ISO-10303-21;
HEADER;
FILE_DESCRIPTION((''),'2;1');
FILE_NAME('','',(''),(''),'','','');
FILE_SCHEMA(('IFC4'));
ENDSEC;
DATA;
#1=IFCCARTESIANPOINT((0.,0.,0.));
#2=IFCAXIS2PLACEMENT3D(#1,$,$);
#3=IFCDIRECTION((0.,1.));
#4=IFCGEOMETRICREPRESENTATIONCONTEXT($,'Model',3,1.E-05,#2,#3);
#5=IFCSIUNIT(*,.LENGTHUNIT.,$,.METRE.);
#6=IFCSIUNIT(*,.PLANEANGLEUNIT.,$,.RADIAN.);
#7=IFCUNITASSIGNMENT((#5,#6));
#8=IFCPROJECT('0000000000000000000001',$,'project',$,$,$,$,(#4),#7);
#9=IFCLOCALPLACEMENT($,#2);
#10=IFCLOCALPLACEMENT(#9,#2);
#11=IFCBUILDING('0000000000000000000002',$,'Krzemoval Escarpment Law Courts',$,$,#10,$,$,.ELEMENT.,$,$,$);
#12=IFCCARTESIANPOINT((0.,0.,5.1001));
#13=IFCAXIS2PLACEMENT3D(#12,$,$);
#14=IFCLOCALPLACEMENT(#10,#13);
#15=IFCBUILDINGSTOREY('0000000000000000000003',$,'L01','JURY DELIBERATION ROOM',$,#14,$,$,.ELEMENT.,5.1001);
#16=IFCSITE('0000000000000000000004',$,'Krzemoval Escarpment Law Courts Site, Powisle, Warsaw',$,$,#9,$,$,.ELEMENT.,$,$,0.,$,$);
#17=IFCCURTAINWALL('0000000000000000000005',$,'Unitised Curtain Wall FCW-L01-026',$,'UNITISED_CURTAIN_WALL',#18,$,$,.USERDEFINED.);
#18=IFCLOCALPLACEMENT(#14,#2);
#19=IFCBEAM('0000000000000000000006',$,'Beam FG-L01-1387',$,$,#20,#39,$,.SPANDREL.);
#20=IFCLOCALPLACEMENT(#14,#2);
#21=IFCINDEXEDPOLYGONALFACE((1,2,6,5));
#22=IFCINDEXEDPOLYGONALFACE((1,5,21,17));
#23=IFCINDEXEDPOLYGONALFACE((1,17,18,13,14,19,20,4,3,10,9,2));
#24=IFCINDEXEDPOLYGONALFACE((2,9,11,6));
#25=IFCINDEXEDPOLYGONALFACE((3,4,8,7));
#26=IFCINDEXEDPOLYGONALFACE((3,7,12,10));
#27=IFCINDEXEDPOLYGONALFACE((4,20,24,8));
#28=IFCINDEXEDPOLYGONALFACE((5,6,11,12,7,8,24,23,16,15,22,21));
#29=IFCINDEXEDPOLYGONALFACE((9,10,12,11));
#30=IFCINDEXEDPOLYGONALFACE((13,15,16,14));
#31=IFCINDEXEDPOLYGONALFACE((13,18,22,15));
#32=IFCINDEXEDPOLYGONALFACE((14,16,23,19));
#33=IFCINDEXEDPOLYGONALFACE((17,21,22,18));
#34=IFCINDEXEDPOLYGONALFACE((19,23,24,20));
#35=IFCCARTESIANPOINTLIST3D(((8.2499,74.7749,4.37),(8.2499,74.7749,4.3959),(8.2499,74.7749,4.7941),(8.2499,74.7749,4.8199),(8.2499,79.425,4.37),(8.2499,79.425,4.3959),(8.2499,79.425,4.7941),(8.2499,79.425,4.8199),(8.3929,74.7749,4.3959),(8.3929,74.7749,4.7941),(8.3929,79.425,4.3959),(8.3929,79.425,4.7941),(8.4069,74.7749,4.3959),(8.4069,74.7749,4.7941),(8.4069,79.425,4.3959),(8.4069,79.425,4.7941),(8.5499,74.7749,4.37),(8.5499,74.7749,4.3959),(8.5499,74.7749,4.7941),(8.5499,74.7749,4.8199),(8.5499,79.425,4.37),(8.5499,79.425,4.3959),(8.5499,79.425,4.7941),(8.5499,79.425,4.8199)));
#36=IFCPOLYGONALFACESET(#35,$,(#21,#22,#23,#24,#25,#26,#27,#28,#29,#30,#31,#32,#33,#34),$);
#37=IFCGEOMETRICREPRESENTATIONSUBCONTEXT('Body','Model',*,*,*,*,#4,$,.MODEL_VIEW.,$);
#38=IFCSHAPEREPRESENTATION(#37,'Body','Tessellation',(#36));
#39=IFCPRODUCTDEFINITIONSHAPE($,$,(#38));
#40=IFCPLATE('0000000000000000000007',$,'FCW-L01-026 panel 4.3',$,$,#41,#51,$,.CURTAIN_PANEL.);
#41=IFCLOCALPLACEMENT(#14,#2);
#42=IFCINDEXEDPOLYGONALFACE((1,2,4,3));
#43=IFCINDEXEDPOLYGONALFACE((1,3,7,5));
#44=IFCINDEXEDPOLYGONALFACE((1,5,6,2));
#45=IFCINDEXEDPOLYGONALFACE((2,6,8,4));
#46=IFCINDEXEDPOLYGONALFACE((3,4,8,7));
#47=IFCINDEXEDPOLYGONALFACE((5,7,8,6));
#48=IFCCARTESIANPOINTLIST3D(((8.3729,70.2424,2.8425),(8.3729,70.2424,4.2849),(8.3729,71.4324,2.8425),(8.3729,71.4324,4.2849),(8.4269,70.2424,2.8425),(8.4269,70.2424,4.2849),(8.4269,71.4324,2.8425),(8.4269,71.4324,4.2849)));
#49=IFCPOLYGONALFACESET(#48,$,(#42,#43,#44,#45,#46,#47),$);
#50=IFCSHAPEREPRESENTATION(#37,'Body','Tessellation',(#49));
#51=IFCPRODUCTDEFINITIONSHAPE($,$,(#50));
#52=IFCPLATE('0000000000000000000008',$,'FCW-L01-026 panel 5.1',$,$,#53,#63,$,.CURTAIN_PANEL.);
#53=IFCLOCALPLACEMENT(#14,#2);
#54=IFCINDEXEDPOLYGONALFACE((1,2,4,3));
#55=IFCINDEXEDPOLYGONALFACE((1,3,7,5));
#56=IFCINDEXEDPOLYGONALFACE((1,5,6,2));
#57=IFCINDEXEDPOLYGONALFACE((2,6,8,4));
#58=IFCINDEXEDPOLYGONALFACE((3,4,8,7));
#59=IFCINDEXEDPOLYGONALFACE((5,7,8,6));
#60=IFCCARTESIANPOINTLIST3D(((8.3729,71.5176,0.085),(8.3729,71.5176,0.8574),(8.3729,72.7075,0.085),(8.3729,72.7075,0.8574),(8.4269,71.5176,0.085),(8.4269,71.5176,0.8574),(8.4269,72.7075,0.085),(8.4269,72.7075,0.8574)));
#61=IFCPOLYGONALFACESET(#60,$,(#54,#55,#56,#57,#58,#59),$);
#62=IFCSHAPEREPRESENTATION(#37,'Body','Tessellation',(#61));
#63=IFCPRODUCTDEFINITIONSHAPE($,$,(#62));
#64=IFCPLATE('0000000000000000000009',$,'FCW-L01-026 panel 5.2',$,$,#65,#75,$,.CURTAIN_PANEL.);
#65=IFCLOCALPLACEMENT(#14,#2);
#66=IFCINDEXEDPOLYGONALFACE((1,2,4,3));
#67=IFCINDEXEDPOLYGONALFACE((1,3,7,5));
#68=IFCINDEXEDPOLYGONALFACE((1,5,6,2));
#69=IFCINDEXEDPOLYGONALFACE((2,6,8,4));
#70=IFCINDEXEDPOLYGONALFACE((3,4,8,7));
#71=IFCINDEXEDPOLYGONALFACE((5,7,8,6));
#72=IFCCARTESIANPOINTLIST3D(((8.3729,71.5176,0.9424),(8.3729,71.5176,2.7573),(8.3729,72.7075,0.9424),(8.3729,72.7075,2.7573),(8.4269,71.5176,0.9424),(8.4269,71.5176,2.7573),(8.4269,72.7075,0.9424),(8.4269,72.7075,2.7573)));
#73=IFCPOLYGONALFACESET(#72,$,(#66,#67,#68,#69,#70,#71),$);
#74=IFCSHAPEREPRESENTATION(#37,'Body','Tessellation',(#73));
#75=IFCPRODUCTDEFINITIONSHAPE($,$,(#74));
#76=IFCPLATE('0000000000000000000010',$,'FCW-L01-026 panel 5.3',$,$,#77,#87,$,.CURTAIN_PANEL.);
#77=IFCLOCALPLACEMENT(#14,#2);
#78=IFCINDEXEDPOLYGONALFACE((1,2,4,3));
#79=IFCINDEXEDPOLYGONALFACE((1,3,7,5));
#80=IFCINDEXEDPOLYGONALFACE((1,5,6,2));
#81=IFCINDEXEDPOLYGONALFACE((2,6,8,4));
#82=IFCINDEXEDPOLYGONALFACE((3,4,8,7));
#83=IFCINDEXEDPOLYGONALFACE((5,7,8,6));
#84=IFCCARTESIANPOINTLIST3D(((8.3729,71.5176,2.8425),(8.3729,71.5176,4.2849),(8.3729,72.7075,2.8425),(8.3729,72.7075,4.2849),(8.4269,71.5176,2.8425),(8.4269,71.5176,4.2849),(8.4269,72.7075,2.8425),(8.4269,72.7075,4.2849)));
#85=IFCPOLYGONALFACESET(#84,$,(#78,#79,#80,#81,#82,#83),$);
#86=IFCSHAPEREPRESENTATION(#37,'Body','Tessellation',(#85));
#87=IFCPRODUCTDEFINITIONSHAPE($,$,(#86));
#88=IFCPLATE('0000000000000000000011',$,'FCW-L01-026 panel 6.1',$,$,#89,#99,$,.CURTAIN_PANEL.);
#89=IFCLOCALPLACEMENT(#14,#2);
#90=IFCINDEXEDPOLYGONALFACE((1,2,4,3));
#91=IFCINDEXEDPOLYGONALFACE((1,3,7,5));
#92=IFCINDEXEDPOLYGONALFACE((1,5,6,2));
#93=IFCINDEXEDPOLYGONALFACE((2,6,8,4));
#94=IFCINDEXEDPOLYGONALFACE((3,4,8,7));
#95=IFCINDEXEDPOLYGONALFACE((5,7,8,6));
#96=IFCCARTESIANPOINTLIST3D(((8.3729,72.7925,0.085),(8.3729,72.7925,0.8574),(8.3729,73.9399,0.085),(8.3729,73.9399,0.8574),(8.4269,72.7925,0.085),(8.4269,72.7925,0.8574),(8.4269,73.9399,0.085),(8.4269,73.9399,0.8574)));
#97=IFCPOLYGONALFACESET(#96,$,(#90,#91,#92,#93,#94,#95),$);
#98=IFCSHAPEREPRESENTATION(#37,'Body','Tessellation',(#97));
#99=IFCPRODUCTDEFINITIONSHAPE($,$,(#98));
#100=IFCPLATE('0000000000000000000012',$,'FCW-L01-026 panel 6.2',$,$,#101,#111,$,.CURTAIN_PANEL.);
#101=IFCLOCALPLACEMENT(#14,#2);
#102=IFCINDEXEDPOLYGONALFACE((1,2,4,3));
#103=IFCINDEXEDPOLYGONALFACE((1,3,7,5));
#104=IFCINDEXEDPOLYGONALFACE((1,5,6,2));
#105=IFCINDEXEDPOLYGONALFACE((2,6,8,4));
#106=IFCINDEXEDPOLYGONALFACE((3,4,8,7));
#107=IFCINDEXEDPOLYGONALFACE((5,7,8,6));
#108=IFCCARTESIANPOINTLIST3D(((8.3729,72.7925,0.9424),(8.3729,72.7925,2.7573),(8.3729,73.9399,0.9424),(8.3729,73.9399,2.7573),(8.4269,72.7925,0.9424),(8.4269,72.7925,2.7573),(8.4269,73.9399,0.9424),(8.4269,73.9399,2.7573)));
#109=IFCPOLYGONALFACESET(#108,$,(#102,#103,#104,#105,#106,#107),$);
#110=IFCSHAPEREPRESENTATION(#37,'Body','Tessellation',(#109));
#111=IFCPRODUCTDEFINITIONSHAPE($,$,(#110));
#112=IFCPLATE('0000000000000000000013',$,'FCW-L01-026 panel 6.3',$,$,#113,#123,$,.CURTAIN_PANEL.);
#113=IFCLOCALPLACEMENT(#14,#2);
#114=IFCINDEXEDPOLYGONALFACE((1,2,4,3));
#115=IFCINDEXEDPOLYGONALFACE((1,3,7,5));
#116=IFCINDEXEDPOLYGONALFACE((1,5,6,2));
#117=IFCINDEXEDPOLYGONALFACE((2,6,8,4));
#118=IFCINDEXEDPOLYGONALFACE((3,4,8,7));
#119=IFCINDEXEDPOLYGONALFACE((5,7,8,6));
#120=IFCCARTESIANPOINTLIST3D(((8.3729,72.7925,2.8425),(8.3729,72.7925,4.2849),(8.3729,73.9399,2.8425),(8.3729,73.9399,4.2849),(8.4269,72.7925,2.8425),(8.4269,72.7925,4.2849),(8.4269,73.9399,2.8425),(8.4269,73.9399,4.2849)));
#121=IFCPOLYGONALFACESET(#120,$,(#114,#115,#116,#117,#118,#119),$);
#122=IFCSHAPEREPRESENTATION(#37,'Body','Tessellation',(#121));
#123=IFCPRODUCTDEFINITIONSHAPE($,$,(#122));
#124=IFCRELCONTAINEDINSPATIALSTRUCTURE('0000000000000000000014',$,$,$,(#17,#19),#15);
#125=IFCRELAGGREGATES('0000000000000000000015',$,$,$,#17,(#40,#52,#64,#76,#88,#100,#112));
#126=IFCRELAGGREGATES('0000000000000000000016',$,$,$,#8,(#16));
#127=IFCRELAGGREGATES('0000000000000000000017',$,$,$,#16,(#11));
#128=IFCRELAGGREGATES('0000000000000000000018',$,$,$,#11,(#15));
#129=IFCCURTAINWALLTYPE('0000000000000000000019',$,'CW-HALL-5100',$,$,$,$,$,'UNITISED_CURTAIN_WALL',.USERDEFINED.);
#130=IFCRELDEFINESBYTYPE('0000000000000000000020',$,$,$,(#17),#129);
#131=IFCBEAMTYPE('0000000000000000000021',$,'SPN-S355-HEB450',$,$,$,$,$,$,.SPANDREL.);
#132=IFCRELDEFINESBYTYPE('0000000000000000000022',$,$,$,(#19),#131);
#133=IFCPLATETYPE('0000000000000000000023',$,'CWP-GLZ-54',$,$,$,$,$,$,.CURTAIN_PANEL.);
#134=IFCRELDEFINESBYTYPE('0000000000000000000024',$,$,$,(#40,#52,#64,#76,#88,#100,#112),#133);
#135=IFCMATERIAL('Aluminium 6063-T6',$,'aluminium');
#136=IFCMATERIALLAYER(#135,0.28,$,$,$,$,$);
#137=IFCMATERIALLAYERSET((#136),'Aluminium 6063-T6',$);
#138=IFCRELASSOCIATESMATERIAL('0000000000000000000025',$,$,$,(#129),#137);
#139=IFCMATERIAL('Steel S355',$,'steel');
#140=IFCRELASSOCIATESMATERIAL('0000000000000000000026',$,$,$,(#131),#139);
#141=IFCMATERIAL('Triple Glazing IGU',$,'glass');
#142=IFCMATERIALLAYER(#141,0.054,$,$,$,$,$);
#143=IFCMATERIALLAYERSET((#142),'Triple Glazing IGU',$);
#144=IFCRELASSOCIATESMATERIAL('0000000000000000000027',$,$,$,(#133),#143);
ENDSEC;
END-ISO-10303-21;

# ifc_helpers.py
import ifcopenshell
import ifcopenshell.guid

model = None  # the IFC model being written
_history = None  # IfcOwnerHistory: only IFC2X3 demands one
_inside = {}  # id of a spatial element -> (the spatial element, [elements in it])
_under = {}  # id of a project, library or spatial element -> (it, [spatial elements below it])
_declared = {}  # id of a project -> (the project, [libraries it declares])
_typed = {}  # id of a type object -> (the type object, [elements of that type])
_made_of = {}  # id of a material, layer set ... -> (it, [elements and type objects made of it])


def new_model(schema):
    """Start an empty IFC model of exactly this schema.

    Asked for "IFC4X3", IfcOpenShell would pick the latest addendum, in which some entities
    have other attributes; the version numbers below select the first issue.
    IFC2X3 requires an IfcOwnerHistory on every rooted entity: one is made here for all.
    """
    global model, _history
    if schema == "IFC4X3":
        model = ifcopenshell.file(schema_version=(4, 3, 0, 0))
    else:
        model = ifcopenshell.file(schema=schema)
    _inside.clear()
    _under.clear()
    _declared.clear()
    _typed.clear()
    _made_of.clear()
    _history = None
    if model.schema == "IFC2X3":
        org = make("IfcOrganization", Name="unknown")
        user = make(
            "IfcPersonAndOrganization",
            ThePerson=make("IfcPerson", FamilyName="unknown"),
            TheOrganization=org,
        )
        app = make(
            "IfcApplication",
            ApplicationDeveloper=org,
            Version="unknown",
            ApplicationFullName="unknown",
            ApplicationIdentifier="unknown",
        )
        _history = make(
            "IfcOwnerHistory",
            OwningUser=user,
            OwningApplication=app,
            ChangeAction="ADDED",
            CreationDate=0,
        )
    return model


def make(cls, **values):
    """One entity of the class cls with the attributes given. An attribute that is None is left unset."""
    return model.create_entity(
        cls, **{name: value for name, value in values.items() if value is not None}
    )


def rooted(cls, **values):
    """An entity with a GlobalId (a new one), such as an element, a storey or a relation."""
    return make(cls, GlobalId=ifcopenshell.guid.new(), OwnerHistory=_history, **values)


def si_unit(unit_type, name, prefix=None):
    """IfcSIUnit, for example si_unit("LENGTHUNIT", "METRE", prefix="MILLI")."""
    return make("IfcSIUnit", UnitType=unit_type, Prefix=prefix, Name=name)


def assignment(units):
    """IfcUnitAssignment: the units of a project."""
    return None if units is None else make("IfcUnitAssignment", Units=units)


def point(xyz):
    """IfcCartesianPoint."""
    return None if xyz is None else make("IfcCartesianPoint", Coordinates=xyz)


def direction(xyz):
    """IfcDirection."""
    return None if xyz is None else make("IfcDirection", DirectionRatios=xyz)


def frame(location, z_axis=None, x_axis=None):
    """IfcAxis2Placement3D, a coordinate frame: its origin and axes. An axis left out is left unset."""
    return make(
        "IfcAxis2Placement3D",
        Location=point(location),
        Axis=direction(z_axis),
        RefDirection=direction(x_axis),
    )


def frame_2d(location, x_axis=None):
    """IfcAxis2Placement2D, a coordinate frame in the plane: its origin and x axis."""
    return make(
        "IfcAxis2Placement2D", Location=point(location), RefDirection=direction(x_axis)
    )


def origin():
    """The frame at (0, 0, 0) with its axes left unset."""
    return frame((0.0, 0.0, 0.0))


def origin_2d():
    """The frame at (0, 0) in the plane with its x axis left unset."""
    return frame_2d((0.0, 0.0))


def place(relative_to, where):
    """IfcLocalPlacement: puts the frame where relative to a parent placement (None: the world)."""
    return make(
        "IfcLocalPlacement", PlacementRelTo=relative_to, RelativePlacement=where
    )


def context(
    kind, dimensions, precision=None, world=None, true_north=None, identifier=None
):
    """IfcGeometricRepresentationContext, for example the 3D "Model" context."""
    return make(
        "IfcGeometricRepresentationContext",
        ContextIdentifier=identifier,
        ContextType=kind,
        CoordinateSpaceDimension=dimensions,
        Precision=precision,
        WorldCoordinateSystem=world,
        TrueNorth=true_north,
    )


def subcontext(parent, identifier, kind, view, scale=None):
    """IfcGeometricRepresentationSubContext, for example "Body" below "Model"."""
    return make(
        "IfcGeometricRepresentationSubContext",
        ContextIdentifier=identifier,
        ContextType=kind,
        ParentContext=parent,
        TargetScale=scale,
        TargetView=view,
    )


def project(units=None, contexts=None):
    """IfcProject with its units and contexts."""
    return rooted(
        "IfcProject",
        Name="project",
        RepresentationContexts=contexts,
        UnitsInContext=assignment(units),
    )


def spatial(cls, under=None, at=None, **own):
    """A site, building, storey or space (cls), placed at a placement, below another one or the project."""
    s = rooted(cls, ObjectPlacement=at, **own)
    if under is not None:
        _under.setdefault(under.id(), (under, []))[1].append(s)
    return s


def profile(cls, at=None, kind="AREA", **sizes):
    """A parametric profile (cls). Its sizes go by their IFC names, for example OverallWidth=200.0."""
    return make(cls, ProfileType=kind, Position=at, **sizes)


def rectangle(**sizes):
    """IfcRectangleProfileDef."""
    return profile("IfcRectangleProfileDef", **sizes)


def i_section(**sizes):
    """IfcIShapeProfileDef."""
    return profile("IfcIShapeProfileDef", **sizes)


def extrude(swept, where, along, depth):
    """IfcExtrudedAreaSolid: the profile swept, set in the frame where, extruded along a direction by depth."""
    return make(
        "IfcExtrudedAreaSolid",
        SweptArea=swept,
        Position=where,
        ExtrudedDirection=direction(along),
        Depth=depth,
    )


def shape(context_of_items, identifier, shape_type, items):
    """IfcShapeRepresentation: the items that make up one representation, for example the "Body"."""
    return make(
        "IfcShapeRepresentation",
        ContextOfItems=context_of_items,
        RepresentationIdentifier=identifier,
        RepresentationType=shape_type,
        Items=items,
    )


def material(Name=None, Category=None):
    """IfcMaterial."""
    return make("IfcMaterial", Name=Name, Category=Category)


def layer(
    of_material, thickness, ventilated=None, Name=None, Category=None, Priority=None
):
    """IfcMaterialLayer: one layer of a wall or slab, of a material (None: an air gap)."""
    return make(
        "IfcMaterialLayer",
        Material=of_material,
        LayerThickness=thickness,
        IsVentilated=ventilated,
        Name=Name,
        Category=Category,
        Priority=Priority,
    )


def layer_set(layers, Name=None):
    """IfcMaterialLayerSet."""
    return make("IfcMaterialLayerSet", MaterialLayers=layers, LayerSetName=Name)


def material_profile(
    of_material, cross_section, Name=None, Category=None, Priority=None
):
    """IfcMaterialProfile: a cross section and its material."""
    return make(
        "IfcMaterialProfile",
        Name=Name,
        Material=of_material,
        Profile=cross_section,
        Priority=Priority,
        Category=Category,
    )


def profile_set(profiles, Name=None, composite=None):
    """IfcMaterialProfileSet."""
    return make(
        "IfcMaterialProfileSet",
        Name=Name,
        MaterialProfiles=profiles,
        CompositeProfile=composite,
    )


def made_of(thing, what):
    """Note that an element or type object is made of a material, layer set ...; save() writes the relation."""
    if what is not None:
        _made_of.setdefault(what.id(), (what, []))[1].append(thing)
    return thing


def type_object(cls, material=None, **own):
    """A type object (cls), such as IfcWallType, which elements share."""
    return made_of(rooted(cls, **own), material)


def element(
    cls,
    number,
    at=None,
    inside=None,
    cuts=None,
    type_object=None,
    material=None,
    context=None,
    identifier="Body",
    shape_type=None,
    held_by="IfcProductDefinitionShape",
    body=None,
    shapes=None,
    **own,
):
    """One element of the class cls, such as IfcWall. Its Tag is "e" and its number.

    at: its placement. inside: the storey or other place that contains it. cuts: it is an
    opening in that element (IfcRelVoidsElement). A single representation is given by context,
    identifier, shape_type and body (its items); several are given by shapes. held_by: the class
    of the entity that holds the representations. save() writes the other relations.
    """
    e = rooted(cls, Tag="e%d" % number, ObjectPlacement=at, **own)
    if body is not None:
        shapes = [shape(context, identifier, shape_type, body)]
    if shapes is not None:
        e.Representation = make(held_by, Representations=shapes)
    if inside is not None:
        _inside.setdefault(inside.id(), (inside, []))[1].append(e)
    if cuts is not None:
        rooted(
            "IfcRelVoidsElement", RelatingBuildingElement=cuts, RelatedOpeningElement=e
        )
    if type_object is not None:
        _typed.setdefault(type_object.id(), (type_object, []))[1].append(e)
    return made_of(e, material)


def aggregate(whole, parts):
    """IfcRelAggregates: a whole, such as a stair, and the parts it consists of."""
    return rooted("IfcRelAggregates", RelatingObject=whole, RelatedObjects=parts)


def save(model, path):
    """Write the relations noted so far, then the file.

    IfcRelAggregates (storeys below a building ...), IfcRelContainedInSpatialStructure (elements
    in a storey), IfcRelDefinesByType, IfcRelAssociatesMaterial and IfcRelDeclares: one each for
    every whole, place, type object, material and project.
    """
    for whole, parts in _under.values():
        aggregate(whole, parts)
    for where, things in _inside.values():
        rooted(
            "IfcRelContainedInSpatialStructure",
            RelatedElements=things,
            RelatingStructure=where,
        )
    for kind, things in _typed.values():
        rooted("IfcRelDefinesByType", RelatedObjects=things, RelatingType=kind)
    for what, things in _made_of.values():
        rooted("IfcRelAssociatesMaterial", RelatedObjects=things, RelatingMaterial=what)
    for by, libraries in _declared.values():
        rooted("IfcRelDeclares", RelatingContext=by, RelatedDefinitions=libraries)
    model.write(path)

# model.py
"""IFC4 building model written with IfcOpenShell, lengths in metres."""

from ifc_helpers import new_model, si_unit, direction, frame, origin, origin_2d, place, context, subcontext, project, spatial, rectangle, i_section, extrude, material, layer, layer_set, material_profile, profile_set, type_object, element, aggregate, save


model = new_model("IFC4")

# Units and contexts
model_context = context("Model", 3, precision=1e-05, world=origin(), true_north=direction((0.0, 1.0)))
body_context = subcontext(model_context, "Body", "Model", "MODEL_VIEW")
ifc_project = project(units=[si_unit("LENGTHUNIT", "METRE"), si_unit("PLANEANGLEUNIT", "RADIAN")], contexts=[model_context])

# Site, building, storey
site_placement = place(None, origin())
site = spatial("IfcSite", under=ifc_project, at=site_placement, Name="Krzemoval Escarpment Law Courts Site, Powisle, Warsaw", CompositionType="ELEMENT", RefElevation=0.0)
building_placement = place(site_placement, origin())
building = spatial("IfcBuilding", under=site, at=building_placement, Name="Krzemoval Escarpment Law Courts", CompositionType="ELEMENT")
storey_placement = place(building_placement, frame((0.0, 0.0, 5.1001)))
storey = spatial("IfcBuildingStorey", under=building, at=storey_placement, Name="L01", Description="JURY DELIBERATION ROOM", CompositionType="ELEMENT", Elevation=5.1001)

# Curtain wall
ifc_material_1 = material(Name="Aluminium 6063-T6", Category="aluminium")
ifc_layer_1 = layer(ifc_material_1, 0.28)
ifc_layer_set_1 = layer_set([ifc_layer_1], Name="Aluminium 6063-T6")
curtain_wall_type = type_object("IfcCurtainWallType", Name="CW-HALL-5100", ElementType="UNITISED_CURTAIN_WALL", PredefinedType="USERDEFINED", material=ifc_layer_set_1)
curtain_wall_1_placement = place(storey_placement, origin())
curtain_wall_1 = element("IfcCurtainWall", 1, at=curtain_wall_1_placement, inside=storey, type_object=curtain_wall_type, Name="Unitised Curtain Wall FCW-L01-026", ObjectType="UNITISED_CURTAIN_WALL", PredefinedType="USERDEFINED")

# Beam
ifc_material_2 = material(Name="Steel S355", Category="steel")
ifc_material_profile_1 = material_profile(ifc_material_2, i_section(OverallWidth=0.3, OverallDepth=0.45, WebThickness=0.0139, FlangeThickness=0.0259, at=origin_2d()), Name="HEB 450")
ifc_profile_set_1 = profile_set([ifc_material_profile_1], Name="Steel S355")
beam_type = type_object("IfcBeamType", Name="SPN-S355-HEB450", PredefinedType="SPANDREL", material=ifc_profile_set_1)
beam_placement = place(storey_placement, frame((8.3999, 74.7749, 4.595), z_axis=(0.0, 1.0, 0.0), x_axis=(-1.0, 0.0, 0.0)))
element("IfcBeam", 2, at=beam_placement, inside=storey, type_object=beam_type, Name="Beam FG-L01-1387", PredefinedType="SPANDREL", context=body_context, shape_type="SweptSolid", body=[
    extrude(i_section(OverallWidth=0.3, OverallDepth=0.45, WebThickness=0.0139, FlangeThickness=0.0259, at=origin_2d()), origin(), (0.0, 0.0, 1.0), 4.6501),
])

# Plates
ifc_material_3 = material(Name="Triple Glazing IGU", Category="glass")
ifc_layer_2 = layer(ifc_material_3, 0.054)
ifc_layer_set_2 = layer_set([ifc_layer_2], Name="Triple Glazing IGU")
plate_type = type_object("IfcPlateType", Name="CWP-GLZ-54", PredefinedType="CURTAIN_PANEL", material=ifc_layer_set_2)
plate_1_placement = place(storey_placement, frame((8.3999, 70.8374, 2.8425), z_axis=(0.0, 0.0, 1.0), x_axis=(0.0, 1.0, 0.0)))
plate_1 = element("IfcPlate", 3, at=plate_1_placement, type_object=plate_type, Name="FCW-L01-026 panel 4.3", PredefinedType="CURTAIN_PANEL", context=body_context, shape_type="SweptSolid", body=[
    extrude(rectangle(XDim=1.1899, YDim=0.054, at=origin_2d()), origin(), (0.0, 0.0, 1.0), 1.4424),
])
plate_2_placement = place(storey_placement, frame((8.3999, 72.1125, 0.085), z_axis=(0.0, 0.0, 1.0), x_axis=(0.0, 1.0, 0.0)))
plate_2 = element("IfcPlate", 4, at=plate_2_placement, type_object=plate_type, Name="FCW-L01-026 panel 5.1", PredefinedType="CURTAIN_PANEL", context=body_context, shape_type="SweptSolid", body=[
    extrude(rectangle(XDim=1.1899, YDim=0.054, at=origin_2d()), origin(), (0.0, 0.0, 1.0), 0.7725),
])
plate_3_placement = place(storey_placement, frame((8.3999, 72.1125, 0.9424), z_axis=(0.0, 0.0, 1.0), x_axis=(0.0, 1.0, 0.0)))
plate_3 = element("IfcPlate", 5, at=plate_3_placement, type_object=plate_type, Name="FCW-L01-026 panel 5.2", PredefinedType="CURTAIN_PANEL", context=body_context, shape_type="SweptSolid", body=[
    extrude(rectangle(XDim=1.1899, YDim=0.054, at=origin_2d()), origin(), (0.0, 0.0, 1.0), 1.8149),
])
plate_4_placement = place(storey_placement, frame((8.3999, 72.1125, 2.8425), z_axis=(0.0, 0.0, 1.0), x_axis=(0.0, 1.0, 0.0)))
plate_4 = element("IfcPlate", 6, at=plate_4_placement, type_object=plate_type, Name="FCW-L01-026 panel 5.3", PredefinedType="CURTAIN_PANEL", context=body_context, shape_type="SweptSolid", body=[
    extrude(rectangle(XDim=1.1899, YDim=0.054, at=origin_2d()), origin(), (0.0, 0.0, 1.0), 1.4424),
])
plate_5_placement = place(storey_placement, frame((8.3999, 73.3662, 0.085), z_axis=(0.0, 0.0, 1.0), x_axis=(0.0, 1.0, 0.0)))
plate_5 = element("IfcPlate", 7, at=plate_5_placement, type_object=plate_type, Name="FCW-L01-026 panel 6.1", PredefinedType="CURTAIN_PANEL", context=body_context, shape_type="SweptSolid", body=[
    extrude(rectangle(XDim=1.1475, YDim=0.054, at=origin_2d()), origin(), (0.0, 0.0, 1.0), 0.7725),
])
plate_6_placement = place(storey_placement, frame((8.3999, 73.3662, 0.9424), z_axis=(0.0, 0.0, 1.0), x_axis=(0.0, 1.0, 0.0)))
plate_6 = element("IfcPlate", 8, at=plate_6_placement, type_object=plate_type, Name="FCW-L01-026 panel 6.2", PredefinedType="CURTAIN_PANEL", context=body_context, shape_type="SweptSolid", body=[
    extrude(rectangle(XDim=1.1475, YDim=0.054, at=origin_2d()), origin(), (0.0, 0.0, 1.0), 1.8149),
])
plate_7_placement = place(storey_placement, frame((8.3999, 73.3662, 2.8425), z_axis=(0.0, 0.0, 1.0), x_axis=(0.0, 1.0, 0.0)))
plate_7 = element("IfcPlate", 9, at=plate_7_placement, type_object=plate_type, Name="FCW-L01-026 panel 6.3", PredefinedType="CURTAIN_PANEL", context=body_context, shape_type="SweptSolid", body=[
    extrude(rectangle(XDim=1.1475, YDim=0.054, at=origin_2d()), origin(), (0.0, 0.0, 1.0), 1.4424),
])
aggregate(curtain_wall_1, [plate_1, plate_2, plate_3, plate_4, plate_5, plate_6, plate_7])

save(model, "model.ifc")
